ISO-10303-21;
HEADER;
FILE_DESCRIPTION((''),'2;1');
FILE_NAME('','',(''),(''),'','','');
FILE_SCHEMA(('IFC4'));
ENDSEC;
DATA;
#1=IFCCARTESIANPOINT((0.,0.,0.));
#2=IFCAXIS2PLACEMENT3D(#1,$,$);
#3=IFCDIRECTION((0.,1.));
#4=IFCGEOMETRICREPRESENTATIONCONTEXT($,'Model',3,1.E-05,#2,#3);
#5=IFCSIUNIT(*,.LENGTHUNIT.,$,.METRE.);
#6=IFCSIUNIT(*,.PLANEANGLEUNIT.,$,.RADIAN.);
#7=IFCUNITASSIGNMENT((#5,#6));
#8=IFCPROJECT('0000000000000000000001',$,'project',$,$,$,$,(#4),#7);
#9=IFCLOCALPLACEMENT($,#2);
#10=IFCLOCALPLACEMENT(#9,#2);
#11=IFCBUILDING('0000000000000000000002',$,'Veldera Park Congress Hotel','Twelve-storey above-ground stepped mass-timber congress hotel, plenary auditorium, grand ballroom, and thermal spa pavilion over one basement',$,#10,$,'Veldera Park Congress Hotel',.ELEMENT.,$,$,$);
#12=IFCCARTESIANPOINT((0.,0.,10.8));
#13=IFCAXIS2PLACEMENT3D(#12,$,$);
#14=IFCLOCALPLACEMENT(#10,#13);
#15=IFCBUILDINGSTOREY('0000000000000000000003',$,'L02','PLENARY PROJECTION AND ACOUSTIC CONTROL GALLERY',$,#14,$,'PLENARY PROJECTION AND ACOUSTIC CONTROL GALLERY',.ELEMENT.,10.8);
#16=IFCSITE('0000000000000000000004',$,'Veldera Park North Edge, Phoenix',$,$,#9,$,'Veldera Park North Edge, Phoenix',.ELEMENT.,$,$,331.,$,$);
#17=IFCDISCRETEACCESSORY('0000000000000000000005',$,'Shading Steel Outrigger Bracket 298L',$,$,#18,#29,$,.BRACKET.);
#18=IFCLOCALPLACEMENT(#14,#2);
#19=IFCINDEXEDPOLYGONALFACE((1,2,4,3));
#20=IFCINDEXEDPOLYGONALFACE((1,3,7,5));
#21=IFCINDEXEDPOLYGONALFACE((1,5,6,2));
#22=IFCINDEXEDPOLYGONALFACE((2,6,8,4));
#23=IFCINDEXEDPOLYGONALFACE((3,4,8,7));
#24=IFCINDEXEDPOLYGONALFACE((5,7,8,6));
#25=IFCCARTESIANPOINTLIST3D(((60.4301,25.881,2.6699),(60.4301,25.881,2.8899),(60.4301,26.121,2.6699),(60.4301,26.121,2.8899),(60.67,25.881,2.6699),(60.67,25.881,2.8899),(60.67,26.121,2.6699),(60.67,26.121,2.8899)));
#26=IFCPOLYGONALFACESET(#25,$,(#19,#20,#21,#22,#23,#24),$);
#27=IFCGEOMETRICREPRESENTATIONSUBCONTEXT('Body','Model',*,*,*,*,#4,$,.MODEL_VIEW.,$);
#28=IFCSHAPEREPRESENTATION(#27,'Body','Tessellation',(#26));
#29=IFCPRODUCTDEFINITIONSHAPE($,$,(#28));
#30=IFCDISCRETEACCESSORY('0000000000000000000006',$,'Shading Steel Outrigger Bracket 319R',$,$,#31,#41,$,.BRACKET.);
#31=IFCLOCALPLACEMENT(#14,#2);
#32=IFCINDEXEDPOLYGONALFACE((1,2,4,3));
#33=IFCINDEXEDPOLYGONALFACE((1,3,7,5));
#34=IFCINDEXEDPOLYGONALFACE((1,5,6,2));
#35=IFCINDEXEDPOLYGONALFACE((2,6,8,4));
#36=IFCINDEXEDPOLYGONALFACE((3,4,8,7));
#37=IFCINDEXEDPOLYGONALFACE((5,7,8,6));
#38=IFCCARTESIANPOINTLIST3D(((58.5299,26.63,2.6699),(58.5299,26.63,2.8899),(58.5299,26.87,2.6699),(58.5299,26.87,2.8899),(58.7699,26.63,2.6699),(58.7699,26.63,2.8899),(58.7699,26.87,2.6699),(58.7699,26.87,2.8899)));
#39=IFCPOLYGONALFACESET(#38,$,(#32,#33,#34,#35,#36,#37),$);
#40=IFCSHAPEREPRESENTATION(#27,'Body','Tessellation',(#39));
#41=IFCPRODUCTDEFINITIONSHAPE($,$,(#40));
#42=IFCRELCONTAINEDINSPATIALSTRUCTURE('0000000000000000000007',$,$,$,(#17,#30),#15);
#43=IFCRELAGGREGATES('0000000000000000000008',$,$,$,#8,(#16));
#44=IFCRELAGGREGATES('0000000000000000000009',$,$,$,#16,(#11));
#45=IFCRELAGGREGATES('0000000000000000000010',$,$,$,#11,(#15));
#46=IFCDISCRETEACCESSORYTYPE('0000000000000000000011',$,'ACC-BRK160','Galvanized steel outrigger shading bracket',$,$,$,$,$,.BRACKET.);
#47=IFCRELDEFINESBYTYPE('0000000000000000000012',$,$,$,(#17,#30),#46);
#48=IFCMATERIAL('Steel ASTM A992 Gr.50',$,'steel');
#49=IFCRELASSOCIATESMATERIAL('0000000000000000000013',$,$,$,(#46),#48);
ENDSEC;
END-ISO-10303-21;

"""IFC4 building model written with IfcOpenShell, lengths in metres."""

from ifc_helpers import new_model, si_unit, direction, frame, origin, origin_2d, place, context, subcontext, project, spatial, rectangle, extrude, material, type_object, element, save


model = new_model("IFC4")

# Units and contexts
model_context = context("Model", 3, precision=1e-05, world=origin(), true_north=direction((0.0, 1.0)))
body_context = subcontext(model_context, "Body", "Model", "MODEL_VIEW")
ifc_project = project(units=[si_unit("LENGTHUNIT", "METRE"), si_unit("PLANEANGLEUNIT", "RADIAN")], contexts=[model_context])

# Site, building, storey
site_placement = place(None, origin())
site = spatial("IfcSite", under=ifc_project, at=site_placement, Name="Veldera Park North Edge, Phoenix", LongName="Veldera Park North Edge, Phoenix", CompositionType="ELEMENT", RefElevation=331.0)
building_placement = place(site_placement, origin())
building = spatial("IfcBuilding", under=site, at=building_placement, Name="Veldera Park Congress Hotel", Description="Twelve-storey above-ground stepped mass-timber congress hotel, plenary auditorium, grand ballroom, and thermal spa pavilion over one basement", LongName="Veldera Park Congress Hotel", CompositionType="ELEMENT")
storey_placement = place(building_placement, frame((0.0, 0.0, 10.8)))
storey = spatial("IfcBuildingStorey", under=building, at=storey_placement, Name="L02", Description="PLENARY PROJECTION AND ACOUSTIC CONTROL GALLERY", LongName="PLENARY PROJECTION AND ACOUSTIC CONTROL GALLERY", CompositionType="ELEMENT", Elevation=10.8)

# Discrete accessories
ifc_material_1 = material(Name="Steel ASTM A992 Gr.50", Category="steel")
discrete_accessory_type = type_object("IfcDiscreteAccessoryType", Name="ACC-BRK160", Description="Galvanized steel outrigger shading bracket", PredefinedType="BRACKET", material=ifc_material_1)
for number, where, z_axis, x_axis, name in (
    (1, (60.55, 26.001, 2.6699), (0.0, 0.0, 1.0), (0.0, -1.0, 0.0), "Shading Steel Outrigger Bracket 298L"),
    (2, (58.6499, 26.75, 2.6699), (0.0, 0.0, 1.0), (1.0, 0.0, 0.0), "Shading Steel Outrigger Bracket 319R"),
):
    element("IfcDiscreteAccessory", number, at=place(storey_placement, frame(where, z_axis=z_axis, x_axis=x_axis)), inside=storey, type_object=discrete_accessory_type, Name=name, PredefinedType="BRACKET", context=body_context, shape_type="SweptSolid", body=[
        extrude(rectangle(XDim=0.24, YDim=0.24, at=origin_2d()), origin(), (0.0, 0.0, 1.0), 0.22),
    ])

save(model, "model.ifc")
